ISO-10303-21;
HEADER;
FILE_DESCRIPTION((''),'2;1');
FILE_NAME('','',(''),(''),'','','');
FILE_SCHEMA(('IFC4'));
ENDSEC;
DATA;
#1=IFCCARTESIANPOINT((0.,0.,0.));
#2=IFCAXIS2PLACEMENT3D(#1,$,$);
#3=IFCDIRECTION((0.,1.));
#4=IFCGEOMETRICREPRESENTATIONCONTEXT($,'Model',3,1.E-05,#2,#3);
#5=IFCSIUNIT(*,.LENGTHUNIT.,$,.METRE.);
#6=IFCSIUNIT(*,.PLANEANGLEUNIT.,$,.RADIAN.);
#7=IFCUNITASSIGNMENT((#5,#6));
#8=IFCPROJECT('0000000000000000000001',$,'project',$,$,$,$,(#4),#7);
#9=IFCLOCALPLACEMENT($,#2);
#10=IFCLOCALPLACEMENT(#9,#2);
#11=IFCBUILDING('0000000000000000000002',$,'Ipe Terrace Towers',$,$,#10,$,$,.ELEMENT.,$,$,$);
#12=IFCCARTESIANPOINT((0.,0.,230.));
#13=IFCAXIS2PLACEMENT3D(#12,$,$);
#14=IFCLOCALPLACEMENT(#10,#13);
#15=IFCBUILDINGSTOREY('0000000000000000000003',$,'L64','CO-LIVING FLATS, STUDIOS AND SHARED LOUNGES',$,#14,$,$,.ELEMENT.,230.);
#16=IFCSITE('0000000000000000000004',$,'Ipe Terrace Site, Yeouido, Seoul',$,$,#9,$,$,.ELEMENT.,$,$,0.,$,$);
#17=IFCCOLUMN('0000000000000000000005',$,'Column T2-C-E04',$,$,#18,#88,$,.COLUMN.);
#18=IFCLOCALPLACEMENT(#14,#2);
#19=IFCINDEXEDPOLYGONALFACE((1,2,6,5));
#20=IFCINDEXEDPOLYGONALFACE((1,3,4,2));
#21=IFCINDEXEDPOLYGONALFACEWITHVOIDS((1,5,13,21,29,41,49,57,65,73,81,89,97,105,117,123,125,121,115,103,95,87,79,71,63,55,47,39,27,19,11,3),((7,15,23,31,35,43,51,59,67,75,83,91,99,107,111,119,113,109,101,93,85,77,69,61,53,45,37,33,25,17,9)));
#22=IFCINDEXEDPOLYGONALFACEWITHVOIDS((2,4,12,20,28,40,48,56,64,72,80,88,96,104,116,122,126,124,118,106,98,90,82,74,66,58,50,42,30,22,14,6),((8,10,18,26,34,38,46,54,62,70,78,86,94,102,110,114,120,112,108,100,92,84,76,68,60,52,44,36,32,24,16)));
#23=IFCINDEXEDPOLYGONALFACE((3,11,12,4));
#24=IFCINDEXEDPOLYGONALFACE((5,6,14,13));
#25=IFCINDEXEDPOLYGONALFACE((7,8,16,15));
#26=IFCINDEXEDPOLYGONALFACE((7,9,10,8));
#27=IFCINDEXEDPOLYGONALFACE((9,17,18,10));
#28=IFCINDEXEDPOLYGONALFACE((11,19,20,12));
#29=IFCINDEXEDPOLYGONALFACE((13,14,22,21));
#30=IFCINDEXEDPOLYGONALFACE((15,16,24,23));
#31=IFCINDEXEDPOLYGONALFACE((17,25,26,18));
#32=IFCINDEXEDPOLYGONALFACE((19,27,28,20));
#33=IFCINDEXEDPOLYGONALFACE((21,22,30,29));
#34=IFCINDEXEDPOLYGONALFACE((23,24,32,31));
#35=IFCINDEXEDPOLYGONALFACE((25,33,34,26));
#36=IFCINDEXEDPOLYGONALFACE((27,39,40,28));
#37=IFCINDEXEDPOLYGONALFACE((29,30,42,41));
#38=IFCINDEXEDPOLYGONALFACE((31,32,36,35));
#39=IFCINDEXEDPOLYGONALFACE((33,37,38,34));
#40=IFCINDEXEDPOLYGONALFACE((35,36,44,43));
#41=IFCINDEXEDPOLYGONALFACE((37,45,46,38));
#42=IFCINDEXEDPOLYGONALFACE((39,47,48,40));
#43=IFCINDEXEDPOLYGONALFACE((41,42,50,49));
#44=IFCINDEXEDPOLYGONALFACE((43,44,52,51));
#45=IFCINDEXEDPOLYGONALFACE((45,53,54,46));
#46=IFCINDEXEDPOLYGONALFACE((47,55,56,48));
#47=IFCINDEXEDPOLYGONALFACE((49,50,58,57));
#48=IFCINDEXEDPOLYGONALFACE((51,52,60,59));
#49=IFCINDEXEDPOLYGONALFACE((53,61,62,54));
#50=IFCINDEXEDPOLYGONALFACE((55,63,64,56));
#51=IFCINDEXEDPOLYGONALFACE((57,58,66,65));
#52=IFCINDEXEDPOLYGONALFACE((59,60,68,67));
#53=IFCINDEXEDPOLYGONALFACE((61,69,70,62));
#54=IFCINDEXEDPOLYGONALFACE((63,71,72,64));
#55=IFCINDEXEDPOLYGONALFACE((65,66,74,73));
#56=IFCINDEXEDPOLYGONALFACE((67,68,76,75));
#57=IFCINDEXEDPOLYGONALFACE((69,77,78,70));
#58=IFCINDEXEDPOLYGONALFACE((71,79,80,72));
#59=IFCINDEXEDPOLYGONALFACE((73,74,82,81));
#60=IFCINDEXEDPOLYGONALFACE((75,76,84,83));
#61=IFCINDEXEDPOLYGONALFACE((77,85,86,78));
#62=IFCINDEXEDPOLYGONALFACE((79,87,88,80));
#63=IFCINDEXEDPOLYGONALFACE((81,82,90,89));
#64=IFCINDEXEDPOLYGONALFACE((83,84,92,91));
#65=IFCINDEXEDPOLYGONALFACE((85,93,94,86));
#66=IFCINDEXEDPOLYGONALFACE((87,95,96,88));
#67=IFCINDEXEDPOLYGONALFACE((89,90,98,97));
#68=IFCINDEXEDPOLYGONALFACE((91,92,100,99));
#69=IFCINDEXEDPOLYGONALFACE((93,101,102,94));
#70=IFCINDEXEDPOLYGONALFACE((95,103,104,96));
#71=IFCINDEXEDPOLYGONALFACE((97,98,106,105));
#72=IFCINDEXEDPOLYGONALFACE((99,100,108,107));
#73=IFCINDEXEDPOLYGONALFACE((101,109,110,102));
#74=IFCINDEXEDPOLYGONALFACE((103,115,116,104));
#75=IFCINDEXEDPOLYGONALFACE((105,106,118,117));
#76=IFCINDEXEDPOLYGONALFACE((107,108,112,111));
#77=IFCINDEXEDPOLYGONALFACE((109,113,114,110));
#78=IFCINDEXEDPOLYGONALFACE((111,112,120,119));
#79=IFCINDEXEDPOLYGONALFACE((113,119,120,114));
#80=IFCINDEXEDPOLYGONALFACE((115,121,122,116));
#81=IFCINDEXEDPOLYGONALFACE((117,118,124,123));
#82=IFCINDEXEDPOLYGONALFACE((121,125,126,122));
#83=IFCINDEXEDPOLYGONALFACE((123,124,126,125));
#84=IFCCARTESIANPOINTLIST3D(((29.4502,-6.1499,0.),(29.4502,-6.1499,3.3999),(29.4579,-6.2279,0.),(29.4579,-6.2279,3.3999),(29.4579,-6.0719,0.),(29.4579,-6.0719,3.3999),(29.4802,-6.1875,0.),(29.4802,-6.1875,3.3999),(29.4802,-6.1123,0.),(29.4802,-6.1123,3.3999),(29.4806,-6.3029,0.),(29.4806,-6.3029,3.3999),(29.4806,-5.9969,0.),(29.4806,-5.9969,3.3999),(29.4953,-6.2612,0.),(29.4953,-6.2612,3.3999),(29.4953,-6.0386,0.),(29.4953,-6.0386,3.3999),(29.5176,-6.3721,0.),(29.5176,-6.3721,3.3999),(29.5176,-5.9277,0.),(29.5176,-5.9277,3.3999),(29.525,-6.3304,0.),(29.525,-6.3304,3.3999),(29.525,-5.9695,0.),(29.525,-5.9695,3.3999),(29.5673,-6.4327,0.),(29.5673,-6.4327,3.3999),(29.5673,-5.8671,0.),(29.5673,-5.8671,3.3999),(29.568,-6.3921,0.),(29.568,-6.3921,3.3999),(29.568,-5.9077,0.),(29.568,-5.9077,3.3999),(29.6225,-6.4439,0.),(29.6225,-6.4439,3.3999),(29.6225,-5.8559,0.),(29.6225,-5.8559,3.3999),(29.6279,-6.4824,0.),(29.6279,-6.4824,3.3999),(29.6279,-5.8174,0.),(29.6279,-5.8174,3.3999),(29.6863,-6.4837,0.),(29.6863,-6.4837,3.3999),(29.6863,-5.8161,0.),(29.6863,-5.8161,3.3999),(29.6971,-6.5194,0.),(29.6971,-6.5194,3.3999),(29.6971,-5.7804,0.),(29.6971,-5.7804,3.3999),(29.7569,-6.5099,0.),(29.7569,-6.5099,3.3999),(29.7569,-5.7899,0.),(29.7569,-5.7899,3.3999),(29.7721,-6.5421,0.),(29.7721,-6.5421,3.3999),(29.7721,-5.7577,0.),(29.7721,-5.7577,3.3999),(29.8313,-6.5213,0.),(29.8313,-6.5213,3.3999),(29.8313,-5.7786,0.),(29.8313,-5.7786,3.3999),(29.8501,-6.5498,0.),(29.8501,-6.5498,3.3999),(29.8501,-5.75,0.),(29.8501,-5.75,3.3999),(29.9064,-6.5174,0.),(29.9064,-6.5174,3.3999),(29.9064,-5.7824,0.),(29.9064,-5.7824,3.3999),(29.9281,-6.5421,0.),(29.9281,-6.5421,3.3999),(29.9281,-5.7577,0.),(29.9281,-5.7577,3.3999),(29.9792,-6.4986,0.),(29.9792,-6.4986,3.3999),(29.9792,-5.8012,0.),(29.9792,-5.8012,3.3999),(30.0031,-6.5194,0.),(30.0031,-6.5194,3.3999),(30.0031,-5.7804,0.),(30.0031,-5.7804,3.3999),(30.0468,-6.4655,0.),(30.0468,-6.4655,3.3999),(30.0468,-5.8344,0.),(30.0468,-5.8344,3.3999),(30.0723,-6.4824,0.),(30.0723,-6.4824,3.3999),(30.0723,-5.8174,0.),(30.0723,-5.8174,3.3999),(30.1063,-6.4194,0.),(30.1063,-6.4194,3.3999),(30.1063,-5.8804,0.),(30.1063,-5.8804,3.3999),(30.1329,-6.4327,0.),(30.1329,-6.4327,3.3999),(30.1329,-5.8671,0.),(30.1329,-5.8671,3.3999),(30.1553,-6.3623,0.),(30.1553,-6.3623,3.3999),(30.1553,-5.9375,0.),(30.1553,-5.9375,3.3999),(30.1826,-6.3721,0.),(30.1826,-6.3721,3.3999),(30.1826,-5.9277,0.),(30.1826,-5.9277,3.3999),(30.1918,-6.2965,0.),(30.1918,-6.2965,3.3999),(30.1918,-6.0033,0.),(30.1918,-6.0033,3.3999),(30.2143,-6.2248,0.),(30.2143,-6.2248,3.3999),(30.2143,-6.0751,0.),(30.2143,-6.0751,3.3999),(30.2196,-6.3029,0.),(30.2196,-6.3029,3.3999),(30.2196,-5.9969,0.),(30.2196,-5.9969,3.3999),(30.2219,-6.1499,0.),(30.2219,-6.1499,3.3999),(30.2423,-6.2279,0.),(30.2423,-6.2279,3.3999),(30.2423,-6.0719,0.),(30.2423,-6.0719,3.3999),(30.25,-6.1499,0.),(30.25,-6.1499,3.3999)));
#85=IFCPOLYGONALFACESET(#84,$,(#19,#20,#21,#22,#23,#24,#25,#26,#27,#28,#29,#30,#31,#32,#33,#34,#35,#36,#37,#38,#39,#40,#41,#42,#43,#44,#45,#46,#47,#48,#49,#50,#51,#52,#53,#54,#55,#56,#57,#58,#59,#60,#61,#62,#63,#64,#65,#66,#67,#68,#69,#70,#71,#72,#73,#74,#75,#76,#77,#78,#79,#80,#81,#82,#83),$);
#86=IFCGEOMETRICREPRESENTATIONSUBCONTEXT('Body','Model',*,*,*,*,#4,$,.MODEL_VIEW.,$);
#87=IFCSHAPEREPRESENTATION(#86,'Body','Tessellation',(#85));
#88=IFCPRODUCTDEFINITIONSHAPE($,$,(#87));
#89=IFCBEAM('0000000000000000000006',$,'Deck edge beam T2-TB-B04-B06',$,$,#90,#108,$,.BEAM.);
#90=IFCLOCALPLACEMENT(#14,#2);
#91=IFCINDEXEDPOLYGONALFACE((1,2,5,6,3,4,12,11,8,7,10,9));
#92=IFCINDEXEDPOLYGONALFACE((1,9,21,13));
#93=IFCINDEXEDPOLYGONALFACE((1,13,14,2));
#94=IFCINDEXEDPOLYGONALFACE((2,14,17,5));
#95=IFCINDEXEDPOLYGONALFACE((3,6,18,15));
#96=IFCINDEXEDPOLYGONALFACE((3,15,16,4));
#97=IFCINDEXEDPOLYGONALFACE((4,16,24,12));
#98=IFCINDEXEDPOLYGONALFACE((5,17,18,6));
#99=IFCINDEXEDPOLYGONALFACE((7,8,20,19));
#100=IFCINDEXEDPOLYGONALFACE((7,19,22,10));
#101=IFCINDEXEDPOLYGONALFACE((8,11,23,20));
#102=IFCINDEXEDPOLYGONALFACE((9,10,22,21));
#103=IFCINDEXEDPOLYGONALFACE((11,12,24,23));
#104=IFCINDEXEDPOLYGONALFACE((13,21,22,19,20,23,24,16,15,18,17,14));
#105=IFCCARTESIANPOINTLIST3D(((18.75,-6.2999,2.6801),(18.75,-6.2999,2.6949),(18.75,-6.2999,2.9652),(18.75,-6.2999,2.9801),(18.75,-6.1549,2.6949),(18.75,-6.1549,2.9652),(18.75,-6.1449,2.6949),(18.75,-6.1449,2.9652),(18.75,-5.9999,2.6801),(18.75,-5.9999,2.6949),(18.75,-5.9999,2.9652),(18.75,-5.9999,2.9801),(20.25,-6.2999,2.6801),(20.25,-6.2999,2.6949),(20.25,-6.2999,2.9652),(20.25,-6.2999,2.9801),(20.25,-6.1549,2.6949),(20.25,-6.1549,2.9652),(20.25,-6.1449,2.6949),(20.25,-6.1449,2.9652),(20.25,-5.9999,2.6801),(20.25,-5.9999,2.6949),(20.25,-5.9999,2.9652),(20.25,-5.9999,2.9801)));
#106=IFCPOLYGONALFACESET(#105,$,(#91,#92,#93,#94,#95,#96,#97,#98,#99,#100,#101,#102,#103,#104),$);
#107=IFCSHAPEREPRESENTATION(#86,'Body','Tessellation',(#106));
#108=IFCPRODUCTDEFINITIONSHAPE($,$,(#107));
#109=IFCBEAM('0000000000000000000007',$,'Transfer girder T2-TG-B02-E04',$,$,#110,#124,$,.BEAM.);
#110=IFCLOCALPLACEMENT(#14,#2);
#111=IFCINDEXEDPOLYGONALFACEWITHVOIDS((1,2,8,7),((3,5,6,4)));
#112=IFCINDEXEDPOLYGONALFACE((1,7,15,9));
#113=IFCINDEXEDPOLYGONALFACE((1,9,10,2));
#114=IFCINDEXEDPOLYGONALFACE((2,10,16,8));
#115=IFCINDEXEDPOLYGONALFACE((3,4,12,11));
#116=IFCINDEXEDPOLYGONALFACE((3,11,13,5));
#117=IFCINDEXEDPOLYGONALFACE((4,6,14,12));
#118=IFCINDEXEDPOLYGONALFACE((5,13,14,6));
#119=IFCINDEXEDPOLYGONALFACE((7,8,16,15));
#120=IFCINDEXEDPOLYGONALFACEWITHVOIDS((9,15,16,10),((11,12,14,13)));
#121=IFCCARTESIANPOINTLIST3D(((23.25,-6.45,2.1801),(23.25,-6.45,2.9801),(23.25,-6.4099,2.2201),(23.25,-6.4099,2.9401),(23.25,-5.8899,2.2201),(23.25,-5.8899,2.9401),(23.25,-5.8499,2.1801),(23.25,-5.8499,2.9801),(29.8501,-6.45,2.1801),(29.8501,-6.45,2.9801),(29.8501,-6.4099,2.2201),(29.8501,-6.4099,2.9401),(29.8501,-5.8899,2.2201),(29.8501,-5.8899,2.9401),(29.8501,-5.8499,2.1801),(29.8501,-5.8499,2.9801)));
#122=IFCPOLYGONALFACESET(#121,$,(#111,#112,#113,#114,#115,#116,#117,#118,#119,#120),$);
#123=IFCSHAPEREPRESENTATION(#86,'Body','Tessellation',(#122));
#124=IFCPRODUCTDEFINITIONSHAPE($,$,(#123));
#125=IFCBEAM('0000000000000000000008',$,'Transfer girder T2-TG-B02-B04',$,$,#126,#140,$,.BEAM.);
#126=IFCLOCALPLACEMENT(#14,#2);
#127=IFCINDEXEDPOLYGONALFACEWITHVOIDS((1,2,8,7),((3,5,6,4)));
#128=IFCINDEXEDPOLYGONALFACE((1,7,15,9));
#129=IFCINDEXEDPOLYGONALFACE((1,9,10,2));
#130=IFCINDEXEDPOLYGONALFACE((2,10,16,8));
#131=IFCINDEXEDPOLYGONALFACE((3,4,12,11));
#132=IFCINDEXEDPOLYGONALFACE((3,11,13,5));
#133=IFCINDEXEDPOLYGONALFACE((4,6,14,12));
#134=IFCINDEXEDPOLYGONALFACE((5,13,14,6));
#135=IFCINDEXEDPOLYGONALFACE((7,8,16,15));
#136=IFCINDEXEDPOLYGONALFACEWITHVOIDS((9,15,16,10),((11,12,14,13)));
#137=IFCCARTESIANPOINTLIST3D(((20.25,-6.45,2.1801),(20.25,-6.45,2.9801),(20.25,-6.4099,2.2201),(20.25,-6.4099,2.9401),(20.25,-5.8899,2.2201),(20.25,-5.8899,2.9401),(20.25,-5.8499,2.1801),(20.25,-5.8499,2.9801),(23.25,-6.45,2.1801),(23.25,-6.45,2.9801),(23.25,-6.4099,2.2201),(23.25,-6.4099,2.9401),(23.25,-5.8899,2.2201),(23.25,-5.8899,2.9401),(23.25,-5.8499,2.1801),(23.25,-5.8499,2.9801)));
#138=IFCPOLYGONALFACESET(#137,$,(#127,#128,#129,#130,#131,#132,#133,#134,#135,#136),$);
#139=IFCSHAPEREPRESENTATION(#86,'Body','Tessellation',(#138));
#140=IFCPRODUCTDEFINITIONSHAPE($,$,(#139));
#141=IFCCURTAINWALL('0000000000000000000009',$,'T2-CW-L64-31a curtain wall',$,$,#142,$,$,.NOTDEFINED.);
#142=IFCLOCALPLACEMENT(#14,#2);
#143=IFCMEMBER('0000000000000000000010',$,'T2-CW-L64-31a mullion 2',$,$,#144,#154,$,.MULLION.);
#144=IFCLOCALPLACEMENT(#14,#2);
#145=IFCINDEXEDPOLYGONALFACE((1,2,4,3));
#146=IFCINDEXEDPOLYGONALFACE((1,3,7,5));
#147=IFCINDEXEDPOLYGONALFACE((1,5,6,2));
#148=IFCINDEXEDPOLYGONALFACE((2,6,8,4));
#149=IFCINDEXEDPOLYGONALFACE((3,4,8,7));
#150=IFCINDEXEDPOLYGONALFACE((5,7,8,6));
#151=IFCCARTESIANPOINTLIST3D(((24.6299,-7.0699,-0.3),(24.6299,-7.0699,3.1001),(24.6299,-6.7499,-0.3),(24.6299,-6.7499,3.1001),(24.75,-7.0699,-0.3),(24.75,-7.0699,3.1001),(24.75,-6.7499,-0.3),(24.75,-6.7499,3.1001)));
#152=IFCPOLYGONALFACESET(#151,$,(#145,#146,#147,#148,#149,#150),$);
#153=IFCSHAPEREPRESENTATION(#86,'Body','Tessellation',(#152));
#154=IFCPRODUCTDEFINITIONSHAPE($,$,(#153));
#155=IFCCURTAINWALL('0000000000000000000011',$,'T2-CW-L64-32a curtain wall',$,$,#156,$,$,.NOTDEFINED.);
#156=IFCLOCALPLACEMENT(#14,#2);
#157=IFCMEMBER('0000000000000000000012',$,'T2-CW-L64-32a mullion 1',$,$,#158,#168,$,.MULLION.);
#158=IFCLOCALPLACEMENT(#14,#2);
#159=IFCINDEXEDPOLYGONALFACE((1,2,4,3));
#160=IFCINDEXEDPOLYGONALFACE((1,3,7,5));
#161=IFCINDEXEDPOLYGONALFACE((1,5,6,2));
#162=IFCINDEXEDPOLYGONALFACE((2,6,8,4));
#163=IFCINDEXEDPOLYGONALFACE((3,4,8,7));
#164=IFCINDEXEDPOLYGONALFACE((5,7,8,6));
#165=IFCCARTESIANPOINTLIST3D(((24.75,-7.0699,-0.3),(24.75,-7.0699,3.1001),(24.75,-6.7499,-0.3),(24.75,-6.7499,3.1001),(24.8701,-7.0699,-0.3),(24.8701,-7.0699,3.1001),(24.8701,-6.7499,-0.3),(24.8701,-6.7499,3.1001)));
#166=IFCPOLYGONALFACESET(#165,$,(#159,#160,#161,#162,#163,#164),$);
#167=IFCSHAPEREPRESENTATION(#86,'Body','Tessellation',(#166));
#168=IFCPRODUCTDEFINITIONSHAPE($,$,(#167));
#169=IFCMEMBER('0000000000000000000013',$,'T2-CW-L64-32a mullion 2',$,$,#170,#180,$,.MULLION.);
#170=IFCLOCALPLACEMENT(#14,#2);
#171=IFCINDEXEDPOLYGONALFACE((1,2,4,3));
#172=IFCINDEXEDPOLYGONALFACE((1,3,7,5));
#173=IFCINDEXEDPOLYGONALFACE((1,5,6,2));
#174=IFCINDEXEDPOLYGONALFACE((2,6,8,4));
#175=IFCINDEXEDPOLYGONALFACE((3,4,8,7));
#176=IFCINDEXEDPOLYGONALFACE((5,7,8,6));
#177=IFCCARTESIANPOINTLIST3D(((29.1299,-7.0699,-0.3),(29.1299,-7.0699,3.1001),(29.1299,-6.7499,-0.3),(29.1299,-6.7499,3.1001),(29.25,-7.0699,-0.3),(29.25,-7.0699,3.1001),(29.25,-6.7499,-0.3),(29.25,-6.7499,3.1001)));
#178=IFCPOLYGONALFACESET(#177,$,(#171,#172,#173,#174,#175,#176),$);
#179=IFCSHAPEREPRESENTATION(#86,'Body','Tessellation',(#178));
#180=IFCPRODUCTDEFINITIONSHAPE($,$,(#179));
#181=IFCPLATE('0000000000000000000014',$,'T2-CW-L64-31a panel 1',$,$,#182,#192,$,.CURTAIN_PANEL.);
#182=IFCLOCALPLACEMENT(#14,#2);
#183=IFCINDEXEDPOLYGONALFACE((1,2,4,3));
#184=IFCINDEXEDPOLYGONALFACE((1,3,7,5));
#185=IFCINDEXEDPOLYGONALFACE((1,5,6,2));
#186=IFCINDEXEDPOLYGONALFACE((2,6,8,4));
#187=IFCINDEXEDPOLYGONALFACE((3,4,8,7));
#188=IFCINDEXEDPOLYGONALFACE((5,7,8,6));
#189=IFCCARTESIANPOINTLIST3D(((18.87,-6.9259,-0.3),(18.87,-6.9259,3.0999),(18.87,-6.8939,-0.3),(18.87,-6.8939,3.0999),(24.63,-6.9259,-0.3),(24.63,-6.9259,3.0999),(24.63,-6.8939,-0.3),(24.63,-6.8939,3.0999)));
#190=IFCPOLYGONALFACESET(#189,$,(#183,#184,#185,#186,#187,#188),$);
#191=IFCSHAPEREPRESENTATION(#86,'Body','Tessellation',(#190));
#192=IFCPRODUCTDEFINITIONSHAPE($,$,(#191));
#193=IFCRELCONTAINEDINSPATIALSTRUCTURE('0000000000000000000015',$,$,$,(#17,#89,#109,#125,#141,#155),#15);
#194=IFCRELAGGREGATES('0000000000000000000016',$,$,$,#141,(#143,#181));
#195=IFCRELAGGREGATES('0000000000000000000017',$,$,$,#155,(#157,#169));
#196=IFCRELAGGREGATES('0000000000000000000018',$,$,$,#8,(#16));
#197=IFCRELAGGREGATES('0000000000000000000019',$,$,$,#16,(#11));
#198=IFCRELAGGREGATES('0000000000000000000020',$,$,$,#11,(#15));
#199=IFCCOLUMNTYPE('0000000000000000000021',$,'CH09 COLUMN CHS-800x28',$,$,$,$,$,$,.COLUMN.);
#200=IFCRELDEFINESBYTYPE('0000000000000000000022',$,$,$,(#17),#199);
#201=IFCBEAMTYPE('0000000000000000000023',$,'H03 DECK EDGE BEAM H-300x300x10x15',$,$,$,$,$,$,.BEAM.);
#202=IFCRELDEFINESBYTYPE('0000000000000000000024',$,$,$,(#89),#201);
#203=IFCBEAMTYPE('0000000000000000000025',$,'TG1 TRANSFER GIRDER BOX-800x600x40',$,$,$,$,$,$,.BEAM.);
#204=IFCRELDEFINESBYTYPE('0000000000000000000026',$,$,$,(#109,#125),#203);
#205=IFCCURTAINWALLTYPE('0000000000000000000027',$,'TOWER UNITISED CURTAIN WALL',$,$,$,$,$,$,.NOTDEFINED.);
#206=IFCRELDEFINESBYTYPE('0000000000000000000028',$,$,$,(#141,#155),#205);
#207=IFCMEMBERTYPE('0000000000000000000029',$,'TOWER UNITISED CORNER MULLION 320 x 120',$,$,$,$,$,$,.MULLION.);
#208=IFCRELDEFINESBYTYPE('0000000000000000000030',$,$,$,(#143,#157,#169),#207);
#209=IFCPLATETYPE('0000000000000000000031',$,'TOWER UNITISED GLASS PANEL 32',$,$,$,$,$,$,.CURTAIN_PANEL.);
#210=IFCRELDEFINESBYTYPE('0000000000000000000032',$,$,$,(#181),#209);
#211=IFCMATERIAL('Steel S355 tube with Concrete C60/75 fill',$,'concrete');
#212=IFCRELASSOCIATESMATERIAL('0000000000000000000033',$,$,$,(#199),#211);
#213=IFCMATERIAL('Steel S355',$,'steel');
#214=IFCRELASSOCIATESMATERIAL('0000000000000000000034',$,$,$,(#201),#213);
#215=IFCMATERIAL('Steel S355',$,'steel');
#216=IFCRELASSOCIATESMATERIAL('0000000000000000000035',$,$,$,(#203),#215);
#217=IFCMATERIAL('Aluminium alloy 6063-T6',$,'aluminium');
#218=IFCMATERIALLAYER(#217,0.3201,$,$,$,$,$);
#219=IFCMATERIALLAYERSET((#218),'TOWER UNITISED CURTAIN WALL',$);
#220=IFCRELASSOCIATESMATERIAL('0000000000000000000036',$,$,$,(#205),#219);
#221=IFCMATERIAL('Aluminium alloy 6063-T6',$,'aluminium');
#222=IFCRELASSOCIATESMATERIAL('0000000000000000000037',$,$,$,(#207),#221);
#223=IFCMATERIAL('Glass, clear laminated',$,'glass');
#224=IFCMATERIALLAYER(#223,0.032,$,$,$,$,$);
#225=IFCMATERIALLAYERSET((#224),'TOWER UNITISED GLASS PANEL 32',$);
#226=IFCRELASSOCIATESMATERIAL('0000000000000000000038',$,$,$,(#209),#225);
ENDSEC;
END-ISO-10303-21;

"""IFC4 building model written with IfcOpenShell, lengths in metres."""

from ifc_helpers import new_model, si_unit, direction, frame, origin, origin_2d, place, context, subcontext, project, spatial, rectangle, hollow_rectangle, hollow_circle, i_section, extrude, material, layer, layer_set, material_profile, profile_set, type_object, element, aggregate, save


model = new_model("IFC4")

# Units and contexts
model_context = context("Model", 3, precision=1e-05, world=origin(), true_north=direction((0.0, 1.0)))
body_context = subcontext(model_context, "Body", "Model", "MODEL_VIEW")
ifc_project = project(units=[si_unit("LENGTHUNIT", "METRE"), si_unit("PLANEANGLEUNIT", "RADIAN")], contexts=[model_context])

# Site, building, storey
site_placement = place(None, origin())
site = spatial("IfcSite", under=ifc_project, at=site_placement, Name="Ipe Terrace Site, Yeouido, Seoul", CompositionType="ELEMENT", RefElevation=0.0)
building_placement = place(site_placement, origin())
building = spatial("IfcBuilding", under=site, at=building_placement, Name="Ipe Terrace Towers", CompositionType="ELEMENT")
storey_placement = place(building_placement, frame((0.0, 0.0, 230.0)))
storey = spatial("IfcBuildingStorey", under=building, at=storey_placement, Name="L64", Description="CO-LIVING FLATS, STUDIOS AND SHARED LOUNGES", CompositionType="ELEMENT", Elevation=230.0)

# Column
ifc_material_1 = material(Name="Steel S355 tube with Concrete C60/75 fill", Category="concrete")
ifc_material_profile_1 = material_profile(ifc_material_1, hollow_circle(Radius=0.3999, WallThickness=0.0281, at=origin_2d()), Name="CHS-800x28")
ifc_profile_set_1 = profile_set([ifc_material_profile_1], Name="Steel S355 tube with Concrete C60/75 fill")
column_type = type_object("IfcColumnType", Name="CH09 COLUMN CHS-800x28", PredefinedType="COLUMN", material=ifc_profile_set_1)
column_placement = place(storey_placement, frame((29.8501, -6.1499, 0.0), z_axis=(0.0, 0.0, 1.0), x_axis=(1.0, 0.0, 0.0)))
element("IfcColumn", 1, at=column_placement, inside=storey, type_object=column_type, Name="Column T2-C-E04", PredefinedType="COLUMN", context=body_context, shape_type="SweptSolid", body=[
    extrude(hollow_circle(Radius=0.3999, WallThickness=0.0281, at=origin_2d()), origin(), (0.0, 0.0, 1.0), 3.3999),
])

# Beams
ifc_material_2 = material(Name="Steel S355", Category="steel")
ifc_material_profile_2 = material_profile(ifc_material_2, i_section(OverallWidth=0.3, OverallDepth=0.3, WebThickness=0.01, FlangeThickness=0.0149, at=origin_2d()), Name="H-300x300x10x15")
ifc_profile_set_2 = profile_set([ifc_material_profile_2], Name="Steel S355")
beam_type_1 = type_object("IfcBeamType", Name="H03 DECK EDGE BEAM H-300x300x10x15", PredefinedType="BEAM", material=ifc_profile_set_2)
beam_1_placement = place(storey_placement, frame((20.25, -6.1499, 2.8301), z_axis=(-1.0, 0.0, 0.0), x_axis=(0.0, -1.0, 0.0)))
element("IfcBeam", 2, at=beam_1_placement, inside=storey, type_object=beam_type_1, Name="Deck edge beam T2-TB-B04-B06", PredefinedType="BEAM", context=body_context, shape_type="SweptSolid", body=[
    extrude(i_section(OverallWidth=0.3, OverallDepth=0.3, WebThickness=0.01, FlangeThickness=0.0149, at=origin_2d()), origin(), (0.0, 0.0, 1.0), 1.5),
])
ifc_material_3 = material(Name="Steel S355", Category="steel")
ifc_material_profile_3 = material_profile(ifc_material_3, hollow_rectangle(XDim=0.6001, YDim=0.8, WallThickness=0.04, at=origin_2d()), Name="BOX-800x600x40")
ifc_profile_set_3 = profile_set([ifc_material_profile_3], Name="Steel S355")
beam_type_2 = type_object("IfcBeamType", Name="TG1 TRANSFER GIRDER BOX-800x600x40", PredefinedType="BEAM", material=ifc_profile_set_3)
beam_2_placement = place(storey_placement, frame((29.8501, -6.1499, 2.5801), z_axis=(-1.0, 0.0, 0.0), x_axis=(0.0, -1.0, 0.0)))
element("IfcBeam", 3, at=beam_2_placement, inside=storey, type_object=beam_type_2, Name="Transfer girder T2-TG-B02-E04", PredefinedType="BEAM", context=body_context, shape_type="SweptSolid", body=[
    extrude(hollow_rectangle(XDim=0.6001, YDim=0.8, WallThickness=0.04, at=origin_2d()), origin(), (0.0, 0.0, 1.0), 6.6001),
])
beam_3_placement = place(storey_placement, frame((23.25, -6.1499, 2.5801), z_axis=(-1.0, 0.0, 0.0), x_axis=(0.0, -1.0, 0.0)))
element("IfcBeam", 4, at=beam_3_placement, inside=storey, type_object=beam_type_2, Name="Transfer girder T2-TG-B02-B04", PredefinedType="BEAM", context=body_context, shape_type="SweptSolid", body=[
    extrude(hollow_rectangle(XDim=0.6001, YDim=0.8, WallThickness=0.04, at=origin_2d()), origin(), (0.0, 0.0, 1.0), 3.0),
])

# Curtain wall, member
ifc_material_4 = material(Name="Aluminium alloy 6063-T6", Category="aluminium")
ifc_layer_1 = layer(ifc_material_4, 0.3201)
ifc_layer_set_1 = layer_set([ifc_layer_1], Name="TOWER UNITISED CURTAIN WALL")
curtain_wall_type = type_object("IfcCurtainWallType", Name="TOWER UNITISED CURTAIN WALL", PredefinedType="NOTDEFINED", material=ifc_layer_set_1)
curtain_wall_1_placement = place(storey_placement, origin())
curtain_wall_1 = element("IfcCurtainWall", 5, at=curtain_wall_1_placement, inside=storey, type_object=curtain_wall_type, Name="T2-CW-L64-31a curtain wall", PredefinedType="NOTDEFINED")
ifc_material_5 = material(Name="Aluminium alloy 6063-T6", Category="aluminium")
ifc_material_profile_4 = material_profile(ifc_material_5, rectangle(XDim=0.3201, YDim=0.1201, at=origin_2d()), Name="TOWER UNITISED CORNER MULLION 320 x 120")
ifc_profile_set_4 = profile_set([ifc_material_profile_4], Name="Aluminium alloy 6063-T6")
member_type = type_object("IfcMemberType", Name="TOWER UNITISED CORNER MULLION 320 x 120", PredefinedType="MULLION", material=ifc_profile_set_4)
member_1_placement = place(storey_placement, frame((24.6899, -6.9099, -0.3), z_axis=(0.0, 0.0, 1.0), x_axis=(0.0, -1.0, 0.0)))
member_1 = element("IfcMember", 6, at=member_1_placement, type_object=member_type, Name="T2-CW-L64-31a mullion 2", PredefinedType="MULLION", context=body_context, shape_type="SweptSolid", body=[
    extrude(rectangle(XDim=0.3201, YDim=0.1201, at=origin_2d()), origin(), (0.0, 0.0, 1.0), 3.4001),
])

# Curtain wall, members
curtain_wall_2_placement = place(storey_placement, origin())
curtain_wall_2 = element("IfcCurtainWall", 7, at=curtain_wall_2_placement, inside=storey, type_object=curtain_wall_type, Name="T2-CW-L64-32a curtain wall", PredefinedType="NOTDEFINED")
member_2_placement = place(storey_placement, frame((24.8101, -6.9099, -0.3), z_axis=(0.0, 0.0, 1.0), x_axis=(0.0, -1.0, 0.0)))
member_2 = element("IfcMember", 8, at=member_2_placement, type_object=member_type, Name="T2-CW-L64-32a mullion 1", PredefinedType="MULLION", context=body_context, shape_type="SweptSolid", body=[
    extrude(rectangle(XDim=0.3201, YDim=0.1201, at=origin_2d()), origin(), (0.0, 0.0, 1.0), 3.4001),
])
member_3_placement = place(storey_placement, frame((29.1899, -6.9099, -0.3), z_axis=(0.0, 0.0, 1.0), x_axis=(0.0, -1.0, 0.0)))
member_3 = element("IfcMember", 9, at=member_3_placement, type_object=member_type, Name="T2-CW-L64-32a mullion 2", PredefinedType="MULLION", context=body_context, shape_type="SweptSolid", body=[
    extrude(rectangle(XDim=0.3201, YDim=0.1201, at=origin_2d()), origin(), (0.0, 0.0, 1.0), 3.4001),
])

# Plate
ifc_material_6 = material(Name="Glass, clear laminated", Category="glass")
ifc_layer_2 = layer(ifc_material_6, 0.032)
ifc_layer_set_2 = layer_set([ifc_layer_2], Name="TOWER UNITISED GLASS PANEL 32")
plate_type = type_object("IfcPlateType", Name="TOWER UNITISED GLASS PANEL 32", PredefinedType="CURTAIN_PANEL", material=ifc_layer_set_2)
plate_1_placement = place(storey_placement, frame((21.75, -6.9099, -0.3), z_axis=(0.0, 0.0, 1.0), x_axis=(1.0, 0.0, 0.0)))
plate_1 = element("IfcPlate", 10, at=plate_1_placement, type_object=plate_type, Name="T2-CW-L64-31a panel 1", PredefinedType="CURTAIN_PANEL", context=body_context, shape_type="SweptSolid", body=[
    extrude(rectangle(XDim=5.76, YDim=0.032, at=origin_2d()), origin(), (0.0, 0.0, 1.0), 3.3999),
])
aggregate(curtain_wall_1, [member_1, plate_1])
aggregate(curtain_wall_2, [member_2, member_3])

save(model, "model.ifc")
